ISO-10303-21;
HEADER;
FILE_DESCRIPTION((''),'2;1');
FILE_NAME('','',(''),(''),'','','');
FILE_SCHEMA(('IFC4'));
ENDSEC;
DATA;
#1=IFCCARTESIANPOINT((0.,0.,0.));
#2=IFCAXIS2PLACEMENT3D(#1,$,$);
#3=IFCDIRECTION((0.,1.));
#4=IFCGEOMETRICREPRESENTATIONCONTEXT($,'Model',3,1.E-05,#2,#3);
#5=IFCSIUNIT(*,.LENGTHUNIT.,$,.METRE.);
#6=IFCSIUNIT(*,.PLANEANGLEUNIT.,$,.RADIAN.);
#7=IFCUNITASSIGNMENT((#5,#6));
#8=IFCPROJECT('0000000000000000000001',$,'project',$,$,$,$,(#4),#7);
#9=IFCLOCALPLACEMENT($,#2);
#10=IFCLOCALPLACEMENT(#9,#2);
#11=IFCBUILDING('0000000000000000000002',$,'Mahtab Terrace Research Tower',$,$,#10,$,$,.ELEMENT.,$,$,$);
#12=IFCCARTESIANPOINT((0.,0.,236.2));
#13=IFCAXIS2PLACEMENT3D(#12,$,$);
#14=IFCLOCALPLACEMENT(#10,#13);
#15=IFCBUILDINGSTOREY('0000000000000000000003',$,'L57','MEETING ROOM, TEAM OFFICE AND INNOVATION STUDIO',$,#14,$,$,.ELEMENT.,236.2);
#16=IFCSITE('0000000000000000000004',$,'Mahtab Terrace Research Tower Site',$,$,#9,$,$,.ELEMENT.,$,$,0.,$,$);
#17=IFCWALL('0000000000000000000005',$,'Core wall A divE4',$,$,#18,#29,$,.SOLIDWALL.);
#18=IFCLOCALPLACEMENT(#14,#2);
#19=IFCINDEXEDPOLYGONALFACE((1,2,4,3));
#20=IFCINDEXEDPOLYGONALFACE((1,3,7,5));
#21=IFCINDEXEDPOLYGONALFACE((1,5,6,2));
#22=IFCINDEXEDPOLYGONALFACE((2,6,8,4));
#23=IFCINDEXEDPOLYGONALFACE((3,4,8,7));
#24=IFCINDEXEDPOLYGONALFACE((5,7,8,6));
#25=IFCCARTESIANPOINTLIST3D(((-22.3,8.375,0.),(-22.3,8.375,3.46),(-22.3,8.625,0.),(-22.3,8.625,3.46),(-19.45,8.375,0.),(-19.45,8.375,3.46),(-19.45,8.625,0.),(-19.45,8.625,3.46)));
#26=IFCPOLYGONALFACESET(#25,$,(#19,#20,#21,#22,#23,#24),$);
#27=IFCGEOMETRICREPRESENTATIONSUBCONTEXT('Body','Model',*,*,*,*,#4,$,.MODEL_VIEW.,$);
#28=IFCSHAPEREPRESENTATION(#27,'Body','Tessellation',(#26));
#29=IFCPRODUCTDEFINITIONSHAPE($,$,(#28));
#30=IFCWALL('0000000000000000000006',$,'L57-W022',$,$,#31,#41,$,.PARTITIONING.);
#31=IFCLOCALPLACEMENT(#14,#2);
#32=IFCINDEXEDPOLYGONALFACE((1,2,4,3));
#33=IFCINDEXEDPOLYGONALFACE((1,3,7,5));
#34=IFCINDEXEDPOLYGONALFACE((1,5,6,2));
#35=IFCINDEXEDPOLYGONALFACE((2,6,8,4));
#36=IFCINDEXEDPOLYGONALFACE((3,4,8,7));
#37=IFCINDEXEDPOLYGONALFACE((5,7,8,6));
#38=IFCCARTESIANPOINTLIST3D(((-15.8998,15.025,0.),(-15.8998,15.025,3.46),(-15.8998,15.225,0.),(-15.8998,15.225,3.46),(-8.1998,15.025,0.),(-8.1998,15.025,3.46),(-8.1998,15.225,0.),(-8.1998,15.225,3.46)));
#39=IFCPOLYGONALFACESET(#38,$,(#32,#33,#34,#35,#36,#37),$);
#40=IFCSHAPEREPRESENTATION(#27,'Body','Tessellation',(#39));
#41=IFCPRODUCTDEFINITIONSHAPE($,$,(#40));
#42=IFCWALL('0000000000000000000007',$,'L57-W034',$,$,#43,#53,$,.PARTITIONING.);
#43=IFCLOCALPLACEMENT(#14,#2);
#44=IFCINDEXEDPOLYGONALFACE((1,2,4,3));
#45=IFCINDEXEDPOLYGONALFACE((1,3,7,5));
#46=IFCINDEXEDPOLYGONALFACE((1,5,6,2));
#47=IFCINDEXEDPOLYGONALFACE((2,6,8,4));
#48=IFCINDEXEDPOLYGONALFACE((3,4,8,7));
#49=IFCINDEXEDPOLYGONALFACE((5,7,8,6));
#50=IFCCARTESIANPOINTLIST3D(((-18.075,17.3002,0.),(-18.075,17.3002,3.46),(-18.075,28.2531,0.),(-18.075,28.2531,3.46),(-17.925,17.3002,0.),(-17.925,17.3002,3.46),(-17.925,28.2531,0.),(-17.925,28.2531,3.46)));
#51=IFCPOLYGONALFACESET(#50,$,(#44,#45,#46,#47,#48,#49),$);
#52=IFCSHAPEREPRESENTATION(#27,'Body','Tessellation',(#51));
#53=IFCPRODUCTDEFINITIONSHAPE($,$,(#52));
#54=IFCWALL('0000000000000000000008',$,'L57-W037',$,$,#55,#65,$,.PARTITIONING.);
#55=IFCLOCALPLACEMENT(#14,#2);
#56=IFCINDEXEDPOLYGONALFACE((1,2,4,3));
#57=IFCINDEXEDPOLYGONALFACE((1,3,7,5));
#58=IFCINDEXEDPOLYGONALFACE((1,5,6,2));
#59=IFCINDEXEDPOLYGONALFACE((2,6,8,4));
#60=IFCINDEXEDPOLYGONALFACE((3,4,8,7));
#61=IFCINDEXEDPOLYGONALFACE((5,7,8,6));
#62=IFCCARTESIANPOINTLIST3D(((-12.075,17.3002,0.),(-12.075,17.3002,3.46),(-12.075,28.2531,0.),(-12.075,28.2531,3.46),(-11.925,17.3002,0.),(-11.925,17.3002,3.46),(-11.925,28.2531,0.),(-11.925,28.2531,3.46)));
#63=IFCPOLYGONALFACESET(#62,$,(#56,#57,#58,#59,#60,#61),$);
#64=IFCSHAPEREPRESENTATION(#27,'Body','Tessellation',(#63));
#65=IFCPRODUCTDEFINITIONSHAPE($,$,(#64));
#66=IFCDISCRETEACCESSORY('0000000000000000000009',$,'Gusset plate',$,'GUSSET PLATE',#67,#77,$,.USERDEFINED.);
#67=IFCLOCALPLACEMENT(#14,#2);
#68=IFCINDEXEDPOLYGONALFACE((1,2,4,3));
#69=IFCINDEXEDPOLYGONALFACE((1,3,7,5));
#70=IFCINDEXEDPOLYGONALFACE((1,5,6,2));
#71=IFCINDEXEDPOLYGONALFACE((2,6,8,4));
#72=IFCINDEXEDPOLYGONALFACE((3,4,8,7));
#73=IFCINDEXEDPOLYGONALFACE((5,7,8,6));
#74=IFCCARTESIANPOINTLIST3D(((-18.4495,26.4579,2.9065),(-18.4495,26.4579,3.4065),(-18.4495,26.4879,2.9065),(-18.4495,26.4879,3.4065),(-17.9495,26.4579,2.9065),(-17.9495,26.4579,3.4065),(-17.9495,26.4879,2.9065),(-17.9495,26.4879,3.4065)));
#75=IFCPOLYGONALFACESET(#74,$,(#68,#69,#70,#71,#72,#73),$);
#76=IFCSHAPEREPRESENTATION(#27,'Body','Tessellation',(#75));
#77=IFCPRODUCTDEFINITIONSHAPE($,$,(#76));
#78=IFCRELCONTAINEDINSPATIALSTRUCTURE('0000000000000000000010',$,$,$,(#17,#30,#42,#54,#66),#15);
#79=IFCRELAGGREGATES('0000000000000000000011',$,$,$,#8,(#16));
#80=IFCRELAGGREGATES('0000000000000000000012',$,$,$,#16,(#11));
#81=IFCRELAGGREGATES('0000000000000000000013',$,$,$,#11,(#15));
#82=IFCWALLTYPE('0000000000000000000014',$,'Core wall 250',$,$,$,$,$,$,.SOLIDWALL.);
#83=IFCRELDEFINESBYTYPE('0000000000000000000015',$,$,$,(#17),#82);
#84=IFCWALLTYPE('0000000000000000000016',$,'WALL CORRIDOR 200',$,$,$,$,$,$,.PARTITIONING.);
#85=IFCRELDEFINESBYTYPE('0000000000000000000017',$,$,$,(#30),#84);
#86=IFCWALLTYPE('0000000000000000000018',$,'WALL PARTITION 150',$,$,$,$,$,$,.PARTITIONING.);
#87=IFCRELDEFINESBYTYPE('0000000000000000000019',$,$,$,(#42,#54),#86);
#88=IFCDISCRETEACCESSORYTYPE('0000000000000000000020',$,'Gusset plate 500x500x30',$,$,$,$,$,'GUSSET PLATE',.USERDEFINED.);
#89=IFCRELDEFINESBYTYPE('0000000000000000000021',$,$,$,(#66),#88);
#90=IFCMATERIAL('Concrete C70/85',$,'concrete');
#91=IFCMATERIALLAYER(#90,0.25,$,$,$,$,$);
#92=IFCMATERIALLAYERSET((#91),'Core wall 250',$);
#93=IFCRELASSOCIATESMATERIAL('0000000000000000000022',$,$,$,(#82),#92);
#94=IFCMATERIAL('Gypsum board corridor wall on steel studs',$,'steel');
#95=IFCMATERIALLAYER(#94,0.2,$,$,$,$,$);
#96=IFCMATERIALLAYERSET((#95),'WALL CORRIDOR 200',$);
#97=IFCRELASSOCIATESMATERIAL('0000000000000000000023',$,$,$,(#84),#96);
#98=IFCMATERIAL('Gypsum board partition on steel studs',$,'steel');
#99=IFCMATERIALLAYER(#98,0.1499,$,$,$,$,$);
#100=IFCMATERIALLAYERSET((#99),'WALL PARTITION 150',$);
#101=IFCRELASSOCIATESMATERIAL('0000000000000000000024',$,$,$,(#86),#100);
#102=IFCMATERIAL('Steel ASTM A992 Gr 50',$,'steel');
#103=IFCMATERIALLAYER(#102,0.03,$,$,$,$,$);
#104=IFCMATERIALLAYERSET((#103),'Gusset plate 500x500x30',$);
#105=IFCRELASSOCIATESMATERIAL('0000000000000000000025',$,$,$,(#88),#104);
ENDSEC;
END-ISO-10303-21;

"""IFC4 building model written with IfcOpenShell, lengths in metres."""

from ifc_helpers import new_model, si_unit, direction, frame, frame_2d, origin, origin_2d, place, context, subcontext, project, spatial, rectangle, extrude, material, layer, layer_set, type_object, element, save


model = new_model("IFC4")

# Units and contexts
model_context = context("Model", 3, precision=1e-05, world=origin(), true_north=direction((0.0, 1.0)))
body_context = subcontext(model_context, "Body", "Model", "MODEL_VIEW")
ifc_project = project(units=[si_unit("LENGTHUNIT", "METRE"), si_unit("PLANEANGLEUNIT", "RADIAN")], contexts=[model_context])

# Site, building, storey
site_placement = place(None, origin())
site = spatial("IfcSite", under=ifc_project, at=site_placement, Name="Mahtab Terrace Research Tower Site", CompositionType="ELEMENT", RefElevation=0.0)
building_placement = place(site_placement, origin())
building = spatial("IfcBuilding", under=site, at=building_placement, Name="Mahtab Terrace Research Tower", CompositionType="ELEMENT")
storey_placement = place(building_placement, frame((0.0, 0.0, 236.2)))
storey = spatial("IfcBuildingStorey", under=building, at=storey_placement, Name="L57", Description="MEETING ROOM, TEAM OFFICE AND INNOVATION STUDIO", CompositionType="ELEMENT", Elevation=236.2)

# Shared definitions
ifc_material_1 = material(Name="Concrete C70/85", Category="concrete")
ifc_material_2 = material(Name="Steel ASTM A992 Gr 50", Category="steel")

# Shared definitions
ifc_layer_1 = layer(ifc_material_1, 0.25)
ifc_layer_set_1 = layer_set([ifc_layer_1], Name="Core wall 250")
wall_type_1 = type_object("IfcWallType", Name="Core wall 250", PredefinedType="SOLIDWALL", material=ifc_layer_set_1)

# Walls
wall_1_placement = place(storey_placement, frame((-22.3, 8.5, 0.0), z_axis=(0.0, 0.0, 1.0), x_axis=(1.0, 0.0, 0.0)))
element("IfcWall", 1, at=wall_1_placement, inside=storey, type_object=wall_type_1, Name="Core wall A divE4", PredefinedType="SOLIDWALL", context=body_context, shape_type="SweptSolid", body=[
    extrude(rectangle(XDim=2.8501, YDim=0.25, at=frame_2d((1.425, 0.0))), origin(), (0.0, 0.0, 1.0), 3.46),
])
ifc_material_3 = material(Name="Gypsum board corridor wall on steel studs", Category="steel")
ifc_layer_2 = layer(ifc_material_3, 0.2)
ifc_layer_set_2 = layer_set([ifc_layer_2], Name="WALL CORRIDOR 200")
wall_type_2 = type_object("IfcWallType", Name="WALL CORRIDOR 200", PredefinedType="PARTITIONING", material=ifc_layer_set_2)
wall_2_placement = place(storey_placement, frame((-15.8999, 15.125, 0.0), z_axis=(0.0, 0.0, 1.0), x_axis=(1.0, 0.0, 0.0)))
element("IfcWall", 2, at=wall_2_placement, inside=storey, type_object=wall_type_2, Name="L57-W022", PredefinedType="PARTITIONING", context=body_context, shape_type="SweptSolid", body=[
    extrude(rectangle(XDim=7.7, YDim=0.2, at=frame_2d((3.8501, 0.0))), origin(), (0.0, 0.0, 1.0), 3.46),
])
ifc_material_4 = material(Name="Gypsum board partition on steel studs", Category="steel")
ifc_layer_3 = layer(ifc_material_4, 0.1499)
ifc_layer_set_3 = layer_set([ifc_layer_3], Name="WALL PARTITION 150")
wall_type_3 = type_object("IfcWallType", Name="WALL PARTITION 150", PredefinedType="PARTITIONING", material=ifc_layer_set_3)
for number, where, z_axis, x_axis, name in (
    (3, (-18.0, 17.3, 0.0), (0.0, 0.0, 1.0), (0.0, 1.0, 0.0), "L57-W034"),
    (4, (-12.0, 17.3, 0.0), (0.0, 0.0, 1.0), (0.0, 1.0, 0.0), "L57-W037"),
):
    element("IfcWall", number, at=place(storey_placement, frame(where, z_axis=z_axis, x_axis=x_axis)), inside=storey, type_object=wall_type_3, Name=name, PredefinedType="PARTITIONING", context=body_context, shape_type="SweptSolid", body=[
        extrude(rectangle(XDim=10.9529, YDim=0.1499, at=frame_2d((5.4766, 0.0))), origin(), (0.0, 0.0, 1.0), 3.46),
    ])

# Discrete accessory
ifc_layer_4 = layer(ifc_material_2, 0.03)
ifc_layer_set_4 = layer_set([ifc_layer_4], Name="Gusset plate 500x500x30")
discrete_accessory_type = type_object("IfcDiscreteAccessoryType", Name="Gusset plate 500x500x30", ElementType="GUSSET PLATE", PredefinedType="USERDEFINED", material=ifc_layer_set_4)
discrete_accessory_placement = place(storey_placement, frame((-18.1995, 26.4729, 2.9065), z_axis=(0.0, 0.0, 1.0), x_axis=(1.0, 0.0, 0.0)))
element("IfcDiscreteAccessory", 5, at=discrete_accessory_placement, inside=storey, type_object=discrete_accessory_type, Name="Gusset plate", ObjectType="GUSSET PLATE", PredefinedType="USERDEFINED", context=body_context, shape_type="SweptSolid", body=[
    extrude(rectangle(XDim=0.5, YDim=0.03, at=origin_2d()), origin(), (0.0, 0.0, 1.0), 0.5),
])

save(model, "model.ifc")
